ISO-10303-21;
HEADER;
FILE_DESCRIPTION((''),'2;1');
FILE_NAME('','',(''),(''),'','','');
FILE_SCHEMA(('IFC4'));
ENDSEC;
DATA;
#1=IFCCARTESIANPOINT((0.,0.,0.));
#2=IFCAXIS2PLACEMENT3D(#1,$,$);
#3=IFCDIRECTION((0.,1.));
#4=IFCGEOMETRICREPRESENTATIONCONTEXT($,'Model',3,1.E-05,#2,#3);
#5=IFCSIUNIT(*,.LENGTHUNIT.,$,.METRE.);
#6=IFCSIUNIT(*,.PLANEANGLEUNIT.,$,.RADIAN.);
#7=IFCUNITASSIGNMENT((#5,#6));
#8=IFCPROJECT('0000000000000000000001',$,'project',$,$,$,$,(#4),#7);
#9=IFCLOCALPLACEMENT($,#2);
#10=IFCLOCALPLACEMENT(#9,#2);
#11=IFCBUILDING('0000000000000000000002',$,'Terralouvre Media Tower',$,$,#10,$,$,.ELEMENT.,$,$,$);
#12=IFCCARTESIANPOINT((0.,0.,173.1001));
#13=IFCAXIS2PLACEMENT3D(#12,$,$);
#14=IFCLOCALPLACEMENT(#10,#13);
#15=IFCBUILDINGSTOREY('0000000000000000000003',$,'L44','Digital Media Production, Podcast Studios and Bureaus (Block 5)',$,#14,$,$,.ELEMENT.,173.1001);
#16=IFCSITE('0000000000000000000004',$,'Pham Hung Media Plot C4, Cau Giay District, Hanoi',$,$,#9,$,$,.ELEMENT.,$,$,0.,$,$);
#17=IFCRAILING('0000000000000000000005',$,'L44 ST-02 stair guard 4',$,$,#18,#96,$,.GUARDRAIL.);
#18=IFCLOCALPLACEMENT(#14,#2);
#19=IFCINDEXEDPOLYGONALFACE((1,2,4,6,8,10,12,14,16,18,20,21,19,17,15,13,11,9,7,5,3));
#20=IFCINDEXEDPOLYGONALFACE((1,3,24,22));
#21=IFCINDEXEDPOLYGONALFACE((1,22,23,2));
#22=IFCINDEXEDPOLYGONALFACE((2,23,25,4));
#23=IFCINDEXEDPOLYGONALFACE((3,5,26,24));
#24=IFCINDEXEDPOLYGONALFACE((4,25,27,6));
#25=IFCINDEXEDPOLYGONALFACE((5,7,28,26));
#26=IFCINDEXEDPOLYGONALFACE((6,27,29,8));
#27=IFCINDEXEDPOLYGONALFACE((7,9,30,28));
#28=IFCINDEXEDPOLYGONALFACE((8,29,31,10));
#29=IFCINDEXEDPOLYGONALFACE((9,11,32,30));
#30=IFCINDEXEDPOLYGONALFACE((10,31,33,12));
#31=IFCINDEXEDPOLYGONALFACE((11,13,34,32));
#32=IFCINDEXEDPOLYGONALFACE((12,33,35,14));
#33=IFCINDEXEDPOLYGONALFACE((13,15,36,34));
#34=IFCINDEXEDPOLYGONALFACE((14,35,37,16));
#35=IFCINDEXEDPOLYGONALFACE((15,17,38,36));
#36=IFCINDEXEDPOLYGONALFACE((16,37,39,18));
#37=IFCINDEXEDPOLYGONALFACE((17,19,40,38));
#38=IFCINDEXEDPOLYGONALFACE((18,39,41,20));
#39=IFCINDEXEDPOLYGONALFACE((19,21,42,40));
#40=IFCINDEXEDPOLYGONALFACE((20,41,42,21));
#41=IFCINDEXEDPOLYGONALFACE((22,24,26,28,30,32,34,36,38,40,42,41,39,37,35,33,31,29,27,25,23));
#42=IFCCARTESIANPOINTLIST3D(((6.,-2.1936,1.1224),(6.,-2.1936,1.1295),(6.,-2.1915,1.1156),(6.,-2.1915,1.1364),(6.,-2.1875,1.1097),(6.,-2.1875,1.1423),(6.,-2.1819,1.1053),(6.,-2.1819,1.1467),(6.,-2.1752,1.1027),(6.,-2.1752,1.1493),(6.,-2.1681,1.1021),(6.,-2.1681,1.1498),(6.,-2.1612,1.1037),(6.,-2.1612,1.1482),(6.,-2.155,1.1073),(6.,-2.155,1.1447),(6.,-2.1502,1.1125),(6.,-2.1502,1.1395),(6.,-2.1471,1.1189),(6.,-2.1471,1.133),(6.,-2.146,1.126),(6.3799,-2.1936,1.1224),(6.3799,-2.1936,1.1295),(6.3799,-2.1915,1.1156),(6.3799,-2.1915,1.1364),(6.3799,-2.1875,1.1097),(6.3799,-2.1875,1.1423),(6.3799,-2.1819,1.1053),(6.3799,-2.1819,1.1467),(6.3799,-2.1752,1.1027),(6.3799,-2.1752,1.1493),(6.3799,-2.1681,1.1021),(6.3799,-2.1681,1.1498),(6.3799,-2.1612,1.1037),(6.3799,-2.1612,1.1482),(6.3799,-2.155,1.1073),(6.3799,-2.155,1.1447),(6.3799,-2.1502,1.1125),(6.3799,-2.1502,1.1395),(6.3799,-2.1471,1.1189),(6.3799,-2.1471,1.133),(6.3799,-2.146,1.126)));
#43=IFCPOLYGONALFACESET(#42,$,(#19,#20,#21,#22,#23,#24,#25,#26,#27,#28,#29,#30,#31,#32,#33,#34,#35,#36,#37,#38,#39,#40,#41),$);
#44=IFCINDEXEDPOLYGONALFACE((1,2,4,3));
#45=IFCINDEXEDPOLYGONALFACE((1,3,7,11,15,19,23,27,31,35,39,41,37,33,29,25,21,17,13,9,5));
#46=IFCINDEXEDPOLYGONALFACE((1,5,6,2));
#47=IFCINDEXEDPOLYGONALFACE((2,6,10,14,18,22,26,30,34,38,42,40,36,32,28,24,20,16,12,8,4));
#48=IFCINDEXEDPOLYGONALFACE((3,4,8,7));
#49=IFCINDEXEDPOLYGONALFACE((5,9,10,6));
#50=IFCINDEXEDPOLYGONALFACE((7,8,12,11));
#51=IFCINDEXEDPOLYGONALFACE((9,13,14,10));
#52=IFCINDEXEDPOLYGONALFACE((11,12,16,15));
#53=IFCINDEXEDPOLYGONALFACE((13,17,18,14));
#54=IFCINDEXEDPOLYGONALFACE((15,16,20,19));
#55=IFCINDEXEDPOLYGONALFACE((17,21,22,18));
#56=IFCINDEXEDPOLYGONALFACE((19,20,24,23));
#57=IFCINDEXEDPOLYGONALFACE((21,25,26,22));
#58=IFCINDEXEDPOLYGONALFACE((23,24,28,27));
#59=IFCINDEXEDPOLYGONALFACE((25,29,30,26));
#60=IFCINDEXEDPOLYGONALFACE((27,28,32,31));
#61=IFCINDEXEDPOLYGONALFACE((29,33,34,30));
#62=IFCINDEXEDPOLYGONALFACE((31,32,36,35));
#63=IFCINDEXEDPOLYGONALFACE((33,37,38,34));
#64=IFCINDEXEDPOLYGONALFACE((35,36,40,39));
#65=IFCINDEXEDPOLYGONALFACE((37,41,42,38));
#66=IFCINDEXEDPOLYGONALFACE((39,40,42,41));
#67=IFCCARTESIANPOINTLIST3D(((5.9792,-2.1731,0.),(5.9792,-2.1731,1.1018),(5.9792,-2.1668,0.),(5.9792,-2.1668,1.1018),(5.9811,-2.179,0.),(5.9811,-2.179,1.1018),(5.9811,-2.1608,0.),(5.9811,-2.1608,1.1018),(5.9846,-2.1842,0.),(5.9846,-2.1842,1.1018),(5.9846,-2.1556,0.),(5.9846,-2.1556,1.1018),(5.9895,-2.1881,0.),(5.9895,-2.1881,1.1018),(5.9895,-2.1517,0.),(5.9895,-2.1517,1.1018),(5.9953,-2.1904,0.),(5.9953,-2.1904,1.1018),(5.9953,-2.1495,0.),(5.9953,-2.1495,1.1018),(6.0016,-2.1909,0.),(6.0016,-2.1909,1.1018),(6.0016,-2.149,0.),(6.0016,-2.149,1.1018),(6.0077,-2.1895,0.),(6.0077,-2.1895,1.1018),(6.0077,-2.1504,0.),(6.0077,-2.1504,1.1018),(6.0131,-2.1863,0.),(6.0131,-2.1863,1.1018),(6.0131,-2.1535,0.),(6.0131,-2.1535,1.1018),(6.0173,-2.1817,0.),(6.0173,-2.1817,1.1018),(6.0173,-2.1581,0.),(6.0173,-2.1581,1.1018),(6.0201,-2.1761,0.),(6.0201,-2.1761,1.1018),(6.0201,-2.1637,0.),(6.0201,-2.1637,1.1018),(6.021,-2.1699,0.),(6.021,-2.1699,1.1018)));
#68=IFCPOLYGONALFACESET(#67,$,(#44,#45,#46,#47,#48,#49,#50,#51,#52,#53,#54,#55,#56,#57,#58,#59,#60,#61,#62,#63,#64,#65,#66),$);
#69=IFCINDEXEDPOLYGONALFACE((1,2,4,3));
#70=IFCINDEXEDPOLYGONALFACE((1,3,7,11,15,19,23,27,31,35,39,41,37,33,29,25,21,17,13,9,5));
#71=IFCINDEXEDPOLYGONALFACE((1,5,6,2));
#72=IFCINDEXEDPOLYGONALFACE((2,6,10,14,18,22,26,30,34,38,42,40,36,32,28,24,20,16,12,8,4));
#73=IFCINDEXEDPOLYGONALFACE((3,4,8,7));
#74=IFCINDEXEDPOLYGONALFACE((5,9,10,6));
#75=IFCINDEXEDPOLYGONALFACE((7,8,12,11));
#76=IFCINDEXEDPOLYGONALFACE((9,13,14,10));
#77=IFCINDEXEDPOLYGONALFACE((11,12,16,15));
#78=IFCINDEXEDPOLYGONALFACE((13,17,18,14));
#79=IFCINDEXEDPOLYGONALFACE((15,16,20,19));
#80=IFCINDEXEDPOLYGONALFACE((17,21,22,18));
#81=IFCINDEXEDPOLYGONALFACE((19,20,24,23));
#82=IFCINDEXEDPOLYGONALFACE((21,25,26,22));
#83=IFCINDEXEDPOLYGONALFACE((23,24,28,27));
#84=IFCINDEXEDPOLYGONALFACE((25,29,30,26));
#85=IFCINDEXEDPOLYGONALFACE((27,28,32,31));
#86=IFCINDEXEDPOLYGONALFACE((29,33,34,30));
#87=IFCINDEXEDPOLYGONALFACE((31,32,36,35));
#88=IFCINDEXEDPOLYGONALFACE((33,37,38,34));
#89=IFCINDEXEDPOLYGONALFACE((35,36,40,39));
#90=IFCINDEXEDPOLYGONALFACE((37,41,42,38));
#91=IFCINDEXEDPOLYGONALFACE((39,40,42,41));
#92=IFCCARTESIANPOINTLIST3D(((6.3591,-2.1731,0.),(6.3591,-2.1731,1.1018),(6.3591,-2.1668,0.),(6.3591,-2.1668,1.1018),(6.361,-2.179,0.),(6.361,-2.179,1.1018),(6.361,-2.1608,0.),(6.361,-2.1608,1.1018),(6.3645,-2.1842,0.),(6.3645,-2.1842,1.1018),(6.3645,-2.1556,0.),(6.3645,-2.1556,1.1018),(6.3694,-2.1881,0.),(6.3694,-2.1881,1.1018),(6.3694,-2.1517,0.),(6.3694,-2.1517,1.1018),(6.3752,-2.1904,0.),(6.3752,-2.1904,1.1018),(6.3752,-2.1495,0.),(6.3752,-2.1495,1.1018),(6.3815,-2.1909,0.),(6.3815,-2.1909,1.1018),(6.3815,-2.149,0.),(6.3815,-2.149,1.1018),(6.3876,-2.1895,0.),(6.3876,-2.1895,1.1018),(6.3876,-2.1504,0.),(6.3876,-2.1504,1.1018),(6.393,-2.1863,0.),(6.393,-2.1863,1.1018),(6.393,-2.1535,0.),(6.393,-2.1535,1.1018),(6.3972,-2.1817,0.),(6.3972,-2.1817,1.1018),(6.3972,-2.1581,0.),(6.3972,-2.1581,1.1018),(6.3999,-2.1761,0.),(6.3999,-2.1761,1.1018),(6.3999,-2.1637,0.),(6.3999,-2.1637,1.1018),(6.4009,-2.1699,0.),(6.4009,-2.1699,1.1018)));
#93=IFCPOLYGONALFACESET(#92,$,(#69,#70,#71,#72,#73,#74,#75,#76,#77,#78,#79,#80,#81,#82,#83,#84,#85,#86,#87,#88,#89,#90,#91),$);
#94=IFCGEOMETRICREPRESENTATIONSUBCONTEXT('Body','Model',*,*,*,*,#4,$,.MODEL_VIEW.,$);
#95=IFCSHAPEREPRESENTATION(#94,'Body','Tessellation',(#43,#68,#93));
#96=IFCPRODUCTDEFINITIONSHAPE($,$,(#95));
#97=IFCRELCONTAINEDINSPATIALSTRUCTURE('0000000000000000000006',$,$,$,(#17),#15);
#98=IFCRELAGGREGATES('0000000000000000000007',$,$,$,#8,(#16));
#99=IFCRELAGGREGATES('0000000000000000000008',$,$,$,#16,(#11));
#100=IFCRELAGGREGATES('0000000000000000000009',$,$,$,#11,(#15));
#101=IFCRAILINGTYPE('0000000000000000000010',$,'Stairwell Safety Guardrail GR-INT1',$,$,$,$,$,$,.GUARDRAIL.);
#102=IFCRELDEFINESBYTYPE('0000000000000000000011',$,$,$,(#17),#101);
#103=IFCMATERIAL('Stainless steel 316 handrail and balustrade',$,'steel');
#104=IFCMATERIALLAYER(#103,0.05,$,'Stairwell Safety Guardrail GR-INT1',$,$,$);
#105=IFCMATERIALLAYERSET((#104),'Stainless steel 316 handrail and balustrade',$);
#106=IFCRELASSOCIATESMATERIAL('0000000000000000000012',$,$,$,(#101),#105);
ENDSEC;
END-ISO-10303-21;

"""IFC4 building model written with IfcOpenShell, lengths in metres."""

from ifc_helpers import new_model, si_unit, direction, frame, origin, origin_2d, place, context, subcontext, project, spatial, circle, extrude, material, layer, layer_set, type_object, element, save


model = new_model("IFC4")

# Units and contexts
model_context = context("Model", 3, precision=1e-05, world=origin(), true_north=direction((0.0, 1.0)))
body_context = subcontext(model_context, "Body", "Model", "MODEL_VIEW")
ifc_project = project(units=[si_unit("LENGTHUNIT", "METRE"), si_unit("PLANEANGLEUNIT", "RADIAN")], contexts=[model_context])

# Site, building, storey
site_placement = place(None, origin())
site = spatial("IfcSite", under=ifc_project, at=site_placement, Name="Pham Hung Media Plot C4, Cau Giay District, Hanoi", CompositionType="ELEMENT", RefElevation=0.0)
building_placement = place(site_placement, origin())
building = spatial("IfcBuilding", under=site, at=building_placement, Name="Terralouvre Media Tower", CompositionType="ELEMENT")
storey_placement = place(building_placement, frame((0.0, 0.0, 173.1001)))
storey = spatial("IfcBuildingStorey", under=building, at=storey_placement, Name="L44", Description="Digital Media Production, Podcast Studios and Bureaus (Block 5)", CompositionType="ELEMENT", Elevation=173.1001)

# Railing
ifc_material_1 = material(Name="Stainless steel 316 handrail and balustrade", Category="steel")
ifc_layer_1 = layer(ifc_material_1, 0.05, Name="Stairwell Safety Guardrail GR-INT1")
ifc_layer_set_1 = layer_set([ifc_layer_1], Name="Stainless steel 316 handrail and balustrade")
railing_type_1 = type_object("IfcRailingType", Name="Stairwell Safety Guardrail GR-INT1", PredefinedType="GUARDRAIL", material=ifc_layer_set_1)
railing_1_placement = place(storey_placement, frame((6.0, -2.1699, 0.0)))
element("IfcRailing", 1, at=railing_1_placement, inside=storey, type_object=railing_type_1, Name="L44 ST-02 stair guard 4", PredefinedType="GUARDRAIL", context=body_context, shape_type="SweptSolid", body=[
    extrude(circle(Radius=0.0239, at=origin_2d()), frame((0.0, 0.0, 1.126), z_axis=(1.0, 0.0, 0.0), x_axis=(0.0, 1.0, 0.0)), (0.0, 0.0, 1.0), 0.3799),
    extrude(circle(Radius=0.021, at=origin_2d()), origin(), (0.0, 0.0, 1.0), 1.1018),
    extrude(circle(Radius=0.021, at=origin_2d()), frame((0.3799, 0.0, 0.0)), (0.0, 0.0, 1.0), 1.1018),
])

save(model, "model.ifc")
